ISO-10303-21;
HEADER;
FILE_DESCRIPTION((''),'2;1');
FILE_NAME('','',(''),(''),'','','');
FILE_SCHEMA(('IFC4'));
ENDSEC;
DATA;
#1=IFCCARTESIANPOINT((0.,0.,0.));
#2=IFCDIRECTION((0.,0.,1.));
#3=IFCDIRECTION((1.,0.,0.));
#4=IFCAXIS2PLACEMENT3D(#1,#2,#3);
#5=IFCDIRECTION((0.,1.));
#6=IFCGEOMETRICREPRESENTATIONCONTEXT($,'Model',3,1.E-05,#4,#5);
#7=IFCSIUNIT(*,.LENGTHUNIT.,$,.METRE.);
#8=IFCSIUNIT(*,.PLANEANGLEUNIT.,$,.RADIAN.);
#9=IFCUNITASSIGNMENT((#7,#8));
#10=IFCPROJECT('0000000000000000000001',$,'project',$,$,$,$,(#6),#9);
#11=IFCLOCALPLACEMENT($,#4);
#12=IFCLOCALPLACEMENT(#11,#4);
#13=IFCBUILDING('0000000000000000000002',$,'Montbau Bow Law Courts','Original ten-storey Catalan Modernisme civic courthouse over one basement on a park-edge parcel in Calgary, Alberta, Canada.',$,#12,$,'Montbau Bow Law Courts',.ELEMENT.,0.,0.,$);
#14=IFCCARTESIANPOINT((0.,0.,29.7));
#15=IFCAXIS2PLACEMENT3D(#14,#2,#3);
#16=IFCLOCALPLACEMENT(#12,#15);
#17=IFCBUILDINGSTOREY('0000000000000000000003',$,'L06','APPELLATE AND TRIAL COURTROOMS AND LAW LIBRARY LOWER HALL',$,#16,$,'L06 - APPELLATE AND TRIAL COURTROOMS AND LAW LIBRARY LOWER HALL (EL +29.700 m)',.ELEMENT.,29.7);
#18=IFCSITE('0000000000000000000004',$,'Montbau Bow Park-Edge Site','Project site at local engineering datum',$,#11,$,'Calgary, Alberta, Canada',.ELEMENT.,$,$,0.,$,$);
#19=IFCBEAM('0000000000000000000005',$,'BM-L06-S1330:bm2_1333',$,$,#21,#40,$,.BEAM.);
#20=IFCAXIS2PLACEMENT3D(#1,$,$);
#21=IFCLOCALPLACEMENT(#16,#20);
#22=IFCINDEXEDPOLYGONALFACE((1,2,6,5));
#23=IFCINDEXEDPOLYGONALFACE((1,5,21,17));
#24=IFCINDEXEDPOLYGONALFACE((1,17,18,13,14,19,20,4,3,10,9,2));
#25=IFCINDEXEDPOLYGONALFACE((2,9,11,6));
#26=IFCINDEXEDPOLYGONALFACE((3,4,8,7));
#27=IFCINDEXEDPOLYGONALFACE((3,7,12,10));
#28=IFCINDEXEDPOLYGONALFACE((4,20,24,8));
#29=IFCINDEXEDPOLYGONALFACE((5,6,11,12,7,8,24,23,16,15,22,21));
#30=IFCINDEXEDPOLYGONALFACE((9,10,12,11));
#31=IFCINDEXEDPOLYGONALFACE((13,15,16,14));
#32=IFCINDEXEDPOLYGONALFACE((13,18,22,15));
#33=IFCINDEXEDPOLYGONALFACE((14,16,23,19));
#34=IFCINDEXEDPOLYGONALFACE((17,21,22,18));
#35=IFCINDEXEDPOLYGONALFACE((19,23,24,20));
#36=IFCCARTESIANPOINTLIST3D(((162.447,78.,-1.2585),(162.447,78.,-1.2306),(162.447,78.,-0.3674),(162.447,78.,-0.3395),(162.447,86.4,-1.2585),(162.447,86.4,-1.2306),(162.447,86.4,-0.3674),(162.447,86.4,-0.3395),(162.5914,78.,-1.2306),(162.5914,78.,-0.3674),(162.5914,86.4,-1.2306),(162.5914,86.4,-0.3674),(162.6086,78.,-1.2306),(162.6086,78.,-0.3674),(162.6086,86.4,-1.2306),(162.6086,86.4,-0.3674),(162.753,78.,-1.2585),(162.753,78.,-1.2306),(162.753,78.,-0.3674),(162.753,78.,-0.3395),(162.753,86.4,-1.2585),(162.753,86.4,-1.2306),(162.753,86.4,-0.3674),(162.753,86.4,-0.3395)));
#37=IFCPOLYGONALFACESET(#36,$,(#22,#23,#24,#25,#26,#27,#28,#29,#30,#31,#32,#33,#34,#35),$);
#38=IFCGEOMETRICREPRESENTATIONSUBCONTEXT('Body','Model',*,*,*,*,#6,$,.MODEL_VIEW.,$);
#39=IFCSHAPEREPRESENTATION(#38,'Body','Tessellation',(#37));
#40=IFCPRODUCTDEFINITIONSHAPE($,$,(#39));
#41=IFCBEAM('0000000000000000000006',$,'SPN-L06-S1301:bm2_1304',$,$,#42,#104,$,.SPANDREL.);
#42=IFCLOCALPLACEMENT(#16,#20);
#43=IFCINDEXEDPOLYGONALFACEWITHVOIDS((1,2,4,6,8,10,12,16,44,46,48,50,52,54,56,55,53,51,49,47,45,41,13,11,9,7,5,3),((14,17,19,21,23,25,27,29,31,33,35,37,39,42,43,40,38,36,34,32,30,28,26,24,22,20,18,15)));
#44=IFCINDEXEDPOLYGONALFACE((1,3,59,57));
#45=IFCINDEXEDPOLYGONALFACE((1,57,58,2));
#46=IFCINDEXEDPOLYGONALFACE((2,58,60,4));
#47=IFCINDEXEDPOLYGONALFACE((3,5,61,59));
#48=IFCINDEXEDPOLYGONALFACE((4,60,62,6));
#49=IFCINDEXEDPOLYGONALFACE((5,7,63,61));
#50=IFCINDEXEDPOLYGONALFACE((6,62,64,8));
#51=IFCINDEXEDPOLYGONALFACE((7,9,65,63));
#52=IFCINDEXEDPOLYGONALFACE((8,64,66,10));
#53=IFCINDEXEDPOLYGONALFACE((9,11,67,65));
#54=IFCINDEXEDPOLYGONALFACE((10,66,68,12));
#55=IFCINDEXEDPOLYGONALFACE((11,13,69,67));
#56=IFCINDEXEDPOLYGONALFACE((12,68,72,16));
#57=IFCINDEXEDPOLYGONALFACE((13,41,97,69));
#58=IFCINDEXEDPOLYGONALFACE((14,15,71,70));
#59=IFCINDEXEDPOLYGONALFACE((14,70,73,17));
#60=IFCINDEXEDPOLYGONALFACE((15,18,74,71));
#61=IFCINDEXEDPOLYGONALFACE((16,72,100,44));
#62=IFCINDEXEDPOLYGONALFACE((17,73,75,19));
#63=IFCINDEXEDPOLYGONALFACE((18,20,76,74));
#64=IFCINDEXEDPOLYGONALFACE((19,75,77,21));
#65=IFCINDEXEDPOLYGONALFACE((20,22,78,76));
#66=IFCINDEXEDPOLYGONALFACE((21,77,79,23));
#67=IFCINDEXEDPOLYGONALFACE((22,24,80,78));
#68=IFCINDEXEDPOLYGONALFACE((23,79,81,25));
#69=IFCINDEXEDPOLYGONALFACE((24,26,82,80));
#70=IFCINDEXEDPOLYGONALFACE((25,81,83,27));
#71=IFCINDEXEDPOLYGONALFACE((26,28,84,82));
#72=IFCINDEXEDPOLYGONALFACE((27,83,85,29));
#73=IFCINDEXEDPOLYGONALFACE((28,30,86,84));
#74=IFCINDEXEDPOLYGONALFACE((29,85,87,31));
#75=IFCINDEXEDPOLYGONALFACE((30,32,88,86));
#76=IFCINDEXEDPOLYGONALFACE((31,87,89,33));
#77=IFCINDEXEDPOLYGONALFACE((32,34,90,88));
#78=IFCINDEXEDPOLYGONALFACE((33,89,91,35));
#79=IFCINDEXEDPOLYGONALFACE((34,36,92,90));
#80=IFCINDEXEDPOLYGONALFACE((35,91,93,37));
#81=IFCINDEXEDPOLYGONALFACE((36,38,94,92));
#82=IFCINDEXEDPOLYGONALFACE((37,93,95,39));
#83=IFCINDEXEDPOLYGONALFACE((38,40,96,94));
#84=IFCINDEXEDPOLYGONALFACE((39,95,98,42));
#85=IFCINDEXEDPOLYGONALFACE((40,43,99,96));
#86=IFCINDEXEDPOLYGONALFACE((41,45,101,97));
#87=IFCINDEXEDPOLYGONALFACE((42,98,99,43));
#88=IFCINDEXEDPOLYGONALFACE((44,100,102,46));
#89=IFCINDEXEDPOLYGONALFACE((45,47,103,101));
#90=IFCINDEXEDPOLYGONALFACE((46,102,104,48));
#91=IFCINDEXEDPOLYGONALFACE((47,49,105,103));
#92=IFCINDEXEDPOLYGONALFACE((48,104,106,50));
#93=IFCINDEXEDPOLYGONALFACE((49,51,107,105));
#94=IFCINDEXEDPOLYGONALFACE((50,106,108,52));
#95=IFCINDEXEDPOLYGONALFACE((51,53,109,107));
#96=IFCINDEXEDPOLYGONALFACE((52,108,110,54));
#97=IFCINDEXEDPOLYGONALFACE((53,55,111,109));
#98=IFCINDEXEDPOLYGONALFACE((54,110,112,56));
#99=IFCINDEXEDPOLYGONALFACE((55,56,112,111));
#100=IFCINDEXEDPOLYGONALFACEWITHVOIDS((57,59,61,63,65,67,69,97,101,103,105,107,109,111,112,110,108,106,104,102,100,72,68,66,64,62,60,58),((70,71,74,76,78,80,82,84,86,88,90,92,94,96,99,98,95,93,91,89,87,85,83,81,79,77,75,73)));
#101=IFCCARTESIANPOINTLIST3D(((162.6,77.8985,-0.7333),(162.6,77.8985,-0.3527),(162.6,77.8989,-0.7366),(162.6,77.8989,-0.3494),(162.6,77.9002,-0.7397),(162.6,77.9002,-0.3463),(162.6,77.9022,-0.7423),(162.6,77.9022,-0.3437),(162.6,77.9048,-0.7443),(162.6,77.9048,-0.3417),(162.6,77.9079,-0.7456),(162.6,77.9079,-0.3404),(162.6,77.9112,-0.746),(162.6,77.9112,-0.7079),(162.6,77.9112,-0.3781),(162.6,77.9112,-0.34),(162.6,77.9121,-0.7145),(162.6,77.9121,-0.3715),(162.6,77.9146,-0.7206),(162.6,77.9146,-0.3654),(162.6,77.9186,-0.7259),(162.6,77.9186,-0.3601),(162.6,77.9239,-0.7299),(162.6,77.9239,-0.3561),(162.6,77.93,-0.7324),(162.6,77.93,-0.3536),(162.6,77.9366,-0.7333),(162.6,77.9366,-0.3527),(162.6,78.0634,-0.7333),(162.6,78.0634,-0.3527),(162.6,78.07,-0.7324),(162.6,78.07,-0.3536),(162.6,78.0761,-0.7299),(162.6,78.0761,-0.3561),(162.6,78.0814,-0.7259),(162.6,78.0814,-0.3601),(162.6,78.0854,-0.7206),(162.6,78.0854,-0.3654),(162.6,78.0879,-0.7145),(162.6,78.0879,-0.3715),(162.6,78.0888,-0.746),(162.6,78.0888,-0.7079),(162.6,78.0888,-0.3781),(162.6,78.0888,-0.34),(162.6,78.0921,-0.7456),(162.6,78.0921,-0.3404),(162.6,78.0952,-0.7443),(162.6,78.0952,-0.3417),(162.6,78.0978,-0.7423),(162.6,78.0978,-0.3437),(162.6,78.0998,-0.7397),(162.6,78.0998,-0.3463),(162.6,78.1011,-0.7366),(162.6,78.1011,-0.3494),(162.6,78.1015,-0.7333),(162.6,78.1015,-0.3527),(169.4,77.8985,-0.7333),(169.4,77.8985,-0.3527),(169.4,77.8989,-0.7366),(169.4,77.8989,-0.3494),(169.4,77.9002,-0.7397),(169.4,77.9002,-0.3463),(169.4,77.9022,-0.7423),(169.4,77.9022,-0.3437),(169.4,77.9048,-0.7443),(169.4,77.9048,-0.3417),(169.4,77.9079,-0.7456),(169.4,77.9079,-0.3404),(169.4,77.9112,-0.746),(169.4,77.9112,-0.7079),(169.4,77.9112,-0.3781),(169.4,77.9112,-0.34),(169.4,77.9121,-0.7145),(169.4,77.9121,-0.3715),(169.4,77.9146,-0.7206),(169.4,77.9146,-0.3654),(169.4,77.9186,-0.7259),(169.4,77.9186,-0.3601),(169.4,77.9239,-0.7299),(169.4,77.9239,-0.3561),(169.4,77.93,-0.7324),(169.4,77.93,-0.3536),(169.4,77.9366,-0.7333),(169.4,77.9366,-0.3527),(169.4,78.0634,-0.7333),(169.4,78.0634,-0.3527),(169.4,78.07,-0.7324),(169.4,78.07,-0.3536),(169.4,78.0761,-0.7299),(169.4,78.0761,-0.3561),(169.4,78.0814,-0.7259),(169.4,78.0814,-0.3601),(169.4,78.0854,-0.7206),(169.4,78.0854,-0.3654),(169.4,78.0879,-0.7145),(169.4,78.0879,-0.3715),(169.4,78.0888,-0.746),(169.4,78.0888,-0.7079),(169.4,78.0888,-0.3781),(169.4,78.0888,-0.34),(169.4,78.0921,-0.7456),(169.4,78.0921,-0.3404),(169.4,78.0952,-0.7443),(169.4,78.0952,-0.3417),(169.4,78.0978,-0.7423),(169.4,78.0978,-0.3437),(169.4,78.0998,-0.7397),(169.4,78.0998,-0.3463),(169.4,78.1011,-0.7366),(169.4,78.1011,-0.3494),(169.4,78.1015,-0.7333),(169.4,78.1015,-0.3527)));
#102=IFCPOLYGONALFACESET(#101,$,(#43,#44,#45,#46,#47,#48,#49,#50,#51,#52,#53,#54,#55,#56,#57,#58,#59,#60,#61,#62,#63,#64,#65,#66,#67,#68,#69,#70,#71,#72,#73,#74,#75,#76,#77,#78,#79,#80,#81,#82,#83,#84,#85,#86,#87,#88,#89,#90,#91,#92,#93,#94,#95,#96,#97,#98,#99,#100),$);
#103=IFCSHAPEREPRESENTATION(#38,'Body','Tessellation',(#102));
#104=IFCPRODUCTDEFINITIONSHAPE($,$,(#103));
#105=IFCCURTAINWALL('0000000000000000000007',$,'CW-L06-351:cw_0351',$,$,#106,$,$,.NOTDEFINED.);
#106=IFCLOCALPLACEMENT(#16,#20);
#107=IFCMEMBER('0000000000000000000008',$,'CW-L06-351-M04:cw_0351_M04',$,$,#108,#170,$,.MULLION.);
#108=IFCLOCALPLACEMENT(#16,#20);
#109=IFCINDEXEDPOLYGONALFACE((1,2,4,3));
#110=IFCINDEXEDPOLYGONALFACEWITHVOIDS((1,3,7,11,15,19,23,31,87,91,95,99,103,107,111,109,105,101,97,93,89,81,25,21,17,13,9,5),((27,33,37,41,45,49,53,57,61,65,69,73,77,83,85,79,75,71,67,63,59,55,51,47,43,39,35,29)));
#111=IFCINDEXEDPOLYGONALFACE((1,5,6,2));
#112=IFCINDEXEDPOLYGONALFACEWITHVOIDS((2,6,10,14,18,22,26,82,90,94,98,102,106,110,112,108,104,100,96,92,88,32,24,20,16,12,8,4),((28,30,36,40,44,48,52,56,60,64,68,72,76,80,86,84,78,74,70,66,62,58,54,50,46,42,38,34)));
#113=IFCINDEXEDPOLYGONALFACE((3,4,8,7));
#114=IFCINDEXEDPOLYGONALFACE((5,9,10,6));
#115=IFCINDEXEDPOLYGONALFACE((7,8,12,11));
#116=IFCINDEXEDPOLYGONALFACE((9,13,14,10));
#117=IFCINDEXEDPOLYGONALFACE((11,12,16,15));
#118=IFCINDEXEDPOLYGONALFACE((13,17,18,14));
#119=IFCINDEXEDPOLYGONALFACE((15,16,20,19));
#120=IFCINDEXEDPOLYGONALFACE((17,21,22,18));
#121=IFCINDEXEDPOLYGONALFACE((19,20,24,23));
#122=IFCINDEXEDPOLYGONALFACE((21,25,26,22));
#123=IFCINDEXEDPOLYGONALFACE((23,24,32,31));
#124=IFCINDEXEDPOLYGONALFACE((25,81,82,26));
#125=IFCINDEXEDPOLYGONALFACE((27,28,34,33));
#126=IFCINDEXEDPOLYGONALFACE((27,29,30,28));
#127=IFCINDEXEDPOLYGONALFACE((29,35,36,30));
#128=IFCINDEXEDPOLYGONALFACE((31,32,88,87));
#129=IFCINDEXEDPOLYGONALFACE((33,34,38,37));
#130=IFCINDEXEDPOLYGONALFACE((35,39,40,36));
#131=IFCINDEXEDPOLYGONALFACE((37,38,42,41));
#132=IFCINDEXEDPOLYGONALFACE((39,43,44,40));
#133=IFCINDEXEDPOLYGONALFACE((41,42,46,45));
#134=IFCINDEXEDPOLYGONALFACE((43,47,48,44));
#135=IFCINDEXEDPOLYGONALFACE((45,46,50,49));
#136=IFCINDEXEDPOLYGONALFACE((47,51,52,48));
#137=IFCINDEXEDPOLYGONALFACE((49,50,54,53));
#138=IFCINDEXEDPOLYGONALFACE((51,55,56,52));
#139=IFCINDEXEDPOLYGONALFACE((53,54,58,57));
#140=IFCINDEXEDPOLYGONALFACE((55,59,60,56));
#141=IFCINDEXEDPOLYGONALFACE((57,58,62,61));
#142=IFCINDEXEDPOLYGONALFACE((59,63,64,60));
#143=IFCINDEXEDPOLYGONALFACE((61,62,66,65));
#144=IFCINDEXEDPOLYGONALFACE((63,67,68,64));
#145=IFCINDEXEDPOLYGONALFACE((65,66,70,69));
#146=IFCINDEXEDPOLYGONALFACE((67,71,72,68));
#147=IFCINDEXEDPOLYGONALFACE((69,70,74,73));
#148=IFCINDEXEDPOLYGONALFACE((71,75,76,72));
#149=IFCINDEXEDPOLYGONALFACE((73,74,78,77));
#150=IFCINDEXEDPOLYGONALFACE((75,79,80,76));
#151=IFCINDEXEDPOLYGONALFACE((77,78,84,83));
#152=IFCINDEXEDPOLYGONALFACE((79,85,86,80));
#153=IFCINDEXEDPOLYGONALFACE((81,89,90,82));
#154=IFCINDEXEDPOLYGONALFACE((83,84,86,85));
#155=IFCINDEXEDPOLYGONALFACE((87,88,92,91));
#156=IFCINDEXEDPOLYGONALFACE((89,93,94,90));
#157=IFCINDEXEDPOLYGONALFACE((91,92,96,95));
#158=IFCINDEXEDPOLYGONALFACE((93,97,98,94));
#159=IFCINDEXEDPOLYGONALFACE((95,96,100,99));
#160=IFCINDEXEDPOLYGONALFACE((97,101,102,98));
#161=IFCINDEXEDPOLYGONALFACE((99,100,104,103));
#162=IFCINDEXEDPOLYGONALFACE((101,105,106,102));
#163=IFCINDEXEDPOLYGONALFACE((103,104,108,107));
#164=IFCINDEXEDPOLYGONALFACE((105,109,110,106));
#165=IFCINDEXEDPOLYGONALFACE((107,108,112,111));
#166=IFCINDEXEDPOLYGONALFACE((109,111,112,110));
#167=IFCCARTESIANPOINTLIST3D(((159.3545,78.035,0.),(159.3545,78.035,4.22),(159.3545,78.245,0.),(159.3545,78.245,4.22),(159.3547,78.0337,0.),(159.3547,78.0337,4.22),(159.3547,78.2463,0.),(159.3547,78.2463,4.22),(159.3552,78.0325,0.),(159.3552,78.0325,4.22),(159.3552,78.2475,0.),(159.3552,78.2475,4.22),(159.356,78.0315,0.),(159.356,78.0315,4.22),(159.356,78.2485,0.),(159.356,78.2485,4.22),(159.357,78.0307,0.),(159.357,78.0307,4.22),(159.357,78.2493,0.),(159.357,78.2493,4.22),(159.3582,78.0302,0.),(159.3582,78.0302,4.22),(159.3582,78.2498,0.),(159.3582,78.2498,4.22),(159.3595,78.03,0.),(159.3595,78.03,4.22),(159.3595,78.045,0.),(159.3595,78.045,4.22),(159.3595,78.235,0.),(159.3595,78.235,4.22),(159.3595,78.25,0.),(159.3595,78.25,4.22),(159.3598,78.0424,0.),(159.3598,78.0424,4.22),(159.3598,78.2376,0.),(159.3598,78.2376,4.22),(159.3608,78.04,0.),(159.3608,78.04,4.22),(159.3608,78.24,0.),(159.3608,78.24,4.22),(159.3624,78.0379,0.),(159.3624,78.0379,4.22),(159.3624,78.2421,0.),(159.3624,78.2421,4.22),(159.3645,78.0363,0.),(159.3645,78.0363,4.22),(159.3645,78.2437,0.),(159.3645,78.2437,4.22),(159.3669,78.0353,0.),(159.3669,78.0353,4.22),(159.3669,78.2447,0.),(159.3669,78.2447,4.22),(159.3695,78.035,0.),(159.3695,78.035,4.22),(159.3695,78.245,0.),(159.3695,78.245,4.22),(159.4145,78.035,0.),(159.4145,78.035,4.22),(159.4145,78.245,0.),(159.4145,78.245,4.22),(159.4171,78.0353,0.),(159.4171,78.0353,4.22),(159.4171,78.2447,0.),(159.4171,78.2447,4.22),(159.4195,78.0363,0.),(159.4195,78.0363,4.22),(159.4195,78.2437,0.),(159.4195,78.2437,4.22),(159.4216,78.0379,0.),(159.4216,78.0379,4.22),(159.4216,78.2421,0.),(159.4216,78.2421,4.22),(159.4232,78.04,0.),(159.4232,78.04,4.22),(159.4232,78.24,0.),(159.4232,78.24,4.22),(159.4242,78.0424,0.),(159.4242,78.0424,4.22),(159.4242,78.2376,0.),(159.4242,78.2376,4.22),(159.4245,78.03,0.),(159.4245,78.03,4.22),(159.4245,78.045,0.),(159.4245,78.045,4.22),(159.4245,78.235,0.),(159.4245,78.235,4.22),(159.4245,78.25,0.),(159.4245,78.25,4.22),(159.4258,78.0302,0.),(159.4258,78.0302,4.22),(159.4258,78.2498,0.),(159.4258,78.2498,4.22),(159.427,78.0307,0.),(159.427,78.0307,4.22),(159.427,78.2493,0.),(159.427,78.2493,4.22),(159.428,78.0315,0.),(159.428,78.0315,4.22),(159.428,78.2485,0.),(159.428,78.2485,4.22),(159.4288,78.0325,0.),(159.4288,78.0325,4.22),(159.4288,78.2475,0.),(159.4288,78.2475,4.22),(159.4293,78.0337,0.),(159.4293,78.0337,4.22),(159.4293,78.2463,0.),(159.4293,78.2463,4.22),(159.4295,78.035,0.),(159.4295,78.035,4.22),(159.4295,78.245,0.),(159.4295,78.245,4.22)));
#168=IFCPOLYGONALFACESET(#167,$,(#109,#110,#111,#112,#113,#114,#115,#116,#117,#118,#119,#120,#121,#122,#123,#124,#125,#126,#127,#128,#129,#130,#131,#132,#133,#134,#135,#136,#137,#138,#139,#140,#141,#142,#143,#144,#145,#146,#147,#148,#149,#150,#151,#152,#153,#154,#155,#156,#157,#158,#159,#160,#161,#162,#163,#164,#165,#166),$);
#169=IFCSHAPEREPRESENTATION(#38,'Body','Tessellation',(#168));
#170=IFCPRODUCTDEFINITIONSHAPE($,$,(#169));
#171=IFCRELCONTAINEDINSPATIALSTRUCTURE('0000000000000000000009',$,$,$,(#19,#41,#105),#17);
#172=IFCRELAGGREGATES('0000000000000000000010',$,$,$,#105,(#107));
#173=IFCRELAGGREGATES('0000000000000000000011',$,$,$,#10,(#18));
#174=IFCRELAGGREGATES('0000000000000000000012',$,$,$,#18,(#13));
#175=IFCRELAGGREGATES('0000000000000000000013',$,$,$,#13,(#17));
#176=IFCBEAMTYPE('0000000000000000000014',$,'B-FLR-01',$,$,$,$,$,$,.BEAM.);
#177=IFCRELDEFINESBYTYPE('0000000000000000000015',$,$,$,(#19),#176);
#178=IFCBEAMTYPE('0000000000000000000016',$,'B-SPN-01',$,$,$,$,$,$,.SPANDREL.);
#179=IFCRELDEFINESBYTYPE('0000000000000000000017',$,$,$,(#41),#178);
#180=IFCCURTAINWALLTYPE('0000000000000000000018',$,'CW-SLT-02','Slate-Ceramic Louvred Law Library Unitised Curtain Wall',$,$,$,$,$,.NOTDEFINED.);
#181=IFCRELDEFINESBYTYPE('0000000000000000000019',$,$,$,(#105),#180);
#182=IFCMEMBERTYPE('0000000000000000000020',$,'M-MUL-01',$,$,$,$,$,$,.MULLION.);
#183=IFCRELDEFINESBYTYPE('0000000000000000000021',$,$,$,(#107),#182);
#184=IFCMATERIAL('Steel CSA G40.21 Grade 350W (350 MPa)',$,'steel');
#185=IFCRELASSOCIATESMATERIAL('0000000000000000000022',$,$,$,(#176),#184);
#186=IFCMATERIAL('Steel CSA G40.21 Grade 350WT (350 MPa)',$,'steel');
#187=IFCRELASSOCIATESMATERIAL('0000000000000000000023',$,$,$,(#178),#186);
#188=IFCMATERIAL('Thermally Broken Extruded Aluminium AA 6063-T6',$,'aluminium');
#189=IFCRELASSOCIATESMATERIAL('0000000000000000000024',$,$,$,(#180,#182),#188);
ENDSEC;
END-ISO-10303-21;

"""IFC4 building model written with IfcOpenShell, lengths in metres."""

from ifc_helpers import new_model, si_unit, direction, frame, origin_with_axes, origin_2d_with_axis, place, context, subcontext, project, spatial, hollow_rectangle, i_section, extrude, material, material_profile, profile_set, type_object, element, aggregate, save


model = new_model("IFC4")

# Units and contexts
model_context = context("Model", 3, precision=1e-05, world=origin_with_axes(), true_north=direction((0.0, 1.0)))
body_context = subcontext(model_context, "Body", "Model", "MODEL_VIEW")
ifc_project = project(units=[si_unit("LENGTHUNIT", "METRE"), si_unit("PLANEANGLEUNIT", "RADIAN")], contexts=[model_context])

# Site, building, storey
site_placement = place(None, origin_with_axes())
site = spatial("IfcSite", under=ifc_project, at=site_placement, Name="Montbau Bow Park-Edge Site", Description="Project site at local engineering datum", LongName="Calgary, Alberta, Canada", CompositionType="ELEMENT", RefElevation=0.0)
building_placement = place(site_placement, origin_with_axes())
building = spatial("IfcBuilding", under=site, at=building_placement, Name="Montbau Bow Law Courts", Description="Original ten-storey Catalan Modernisme civic courthouse over one basement on a park-edge parcel in Calgary, Alberta, Canada.", LongName="Montbau Bow Law Courts", CompositionType="ELEMENT", ElevationOfRefHeight=0.0, ElevationOfTerrain=0.0)
storey_placement = place(building_placement, frame((0.0, 0.0, 29.7), z_axis=(0.0, 0.0, 1.0), x_axis=(1.0, 0.0, 0.0)))
storey = spatial("IfcBuildingStorey", under=building, at=storey_placement, Name="L06", Description="APPELLATE AND TRIAL COURTROOMS AND LAW LIBRARY LOWER HALL", LongName="L06 - APPELLATE AND TRIAL COURTROOMS AND LAW LIBRARY LOWER HALL (EL +29.700 m)", CompositionType="ELEMENT", Elevation=29.7)

# Beams
ifc_material_1 = material(Name="Steel CSA G40.21 Grade 350W (350 MPa)", Category="steel")
ifc_material_profile_1 = material_profile(ifc_material_1, i_section(OverallWidth=0.306, OverallDepth=0.919, WebThickness=0.0173, FlangeThickness=0.0279, at=origin_2d_with_axis()), Name="W920X253", Category="Main", Priority=0)
ifc_profile_set_1 = profile_set([ifc_material_profile_1], Name="Steel CSA G40.21 Grade 350W (350 MPa)")
beam_type_1 = type_object("IfcBeamType", Name="B-FLR-01", PredefinedType="BEAM", material=ifc_profile_set_1)
beam_1_placement = place(None, frame((162.6, 78.0, 28.901), z_axis=(0.0, 1.0, 0.0), x_axis=(-1.0, 0.0, 0.0)))
element("IfcBeam", 1, at=beam_1_placement, inside=storey, type_object=beam_type_1, Name="BM-L06-S1330:bm2_1333", PredefinedType="BEAM", context=body_context, shape_type="SweptSolid", body=[
    extrude(i_section(OverallWidth=0.306, OverallDepth=0.919, WebThickness=0.0173, FlangeThickness=0.0279, at=origin_2d_with_axis()), origin_with_axes(), (0.0, 0.0, 1.0), 8.4),
])
ifc_material_2 = material(Name="Steel CSA G40.21 Grade 350WT (350 MPa)", Category="steel")
ifc_material_profile_2 = material_profile(ifc_material_2, hollow_rectangle(XDim=0.203, YDim=0.406, WallThickness=0.0127, InnerFilletRadius=0.0254, OuterFilletRadius=0.0127, at=origin_2d_with_axis()), Name="HSS406X203X13", Category="Main", Priority=0)
ifc_profile_set_2 = profile_set([ifc_material_profile_2], Name="Steel CSA G40.21 Grade 350WT (350 MPa)")
beam_type_2 = type_object("IfcBeamType", Name="B-SPN-01", PredefinedType="SPANDREL", material=ifc_profile_set_2)
beam_2_placement = place(None, frame((162.6, 78.0, 29.157), z_axis=(1.0, 0.0, 0.0), x_axis=(0.0, 1.0, 0.0)))
element("IfcBeam", 2, at=beam_2_placement, inside=storey, type_object=beam_type_2, Name="SPN-L06-S1301:bm2_1304", PredefinedType="SPANDREL", context=body_context, shape_type="SweptSolid", body=[
    extrude(hollow_rectangle(XDim=0.203, YDim=0.406, WallThickness=0.0127, InnerFilletRadius=0.0254, OuterFilletRadius=0.0127, at=origin_2d_with_axis()), origin_with_axes(), (0.0, 0.0, 1.0), 6.8),
])

# Curtain wall, member
ifc_material_3 = material(Name="Thermally Broken Extruded Aluminium AA 6063-T6", Category="aluminium")
curtain_wall_type = type_object("IfcCurtainWallType", Name="CW-SLT-02", Description="Slate-Ceramic Louvred Law Library Unitised Curtain Wall", PredefinedType="NOTDEFINED", material=ifc_material_3)
curtain_wall_placement = place(None, frame((155.24, 78.14, 29.7), z_axis=(0.0, 0.0, 1.0), x_axis=(1.0, 0.0, 0.0)))
curtain_wall = element("IfcCurtainWall", 3, at=curtain_wall_placement, inside=storey, type_object=curtain_wall_type, Name="CW-L06-351:cw_0351", PredefinedType="NOTDEFINED")
ifc_material_profile_3 = material_profile(ifc_material_3, hollow_rectangle(XDim=0.075, YDim=0.22, WallThickness=0.005, InnerFilletRadius=0.01, OuterFilletRadius=0.005, at=origin_2d_with_axis()), Name="CWM-220X75", Category="Main", Priority=0)
ifc_profile_set_3 = profile_set([ifc_material_profile_3], Name="Thermally Broken Extruded Aluminium AA 6063-T6")
member_type_1 = type_object("IfcMemberType", Name="M-MUL-01", PredefinedType="MULLION", material=ifc_profile_set_3)
member_1_placement = place(None, frame((159.392, 78.14, 29.7), z_axis=(0.0, 0.0, 1.0), x_axis=(1.0, 0.0, 0.0)))
member_1 = element("IfcMember", 4, at=member_1_placement, type_object=member_type_1, Name="CW-L06-351-M04:cw_0351_M04", PredefinedType="MULLION", context=body_context, shape_type="SweptSolid", body=[
    extrude(hollow_rectangle(XDim=0.075, YDim=0.22, WallThickness=0.005, InnerFilletRadius=0.01, OuterFilletRadius=0.005, at=origin_2d_with_axis()), origin_with_axes(), (0.0, 0.0, 1.0), 4.22),
])
aggregate(curtain_wall, [member_1])

save(model, "model.ifc")
